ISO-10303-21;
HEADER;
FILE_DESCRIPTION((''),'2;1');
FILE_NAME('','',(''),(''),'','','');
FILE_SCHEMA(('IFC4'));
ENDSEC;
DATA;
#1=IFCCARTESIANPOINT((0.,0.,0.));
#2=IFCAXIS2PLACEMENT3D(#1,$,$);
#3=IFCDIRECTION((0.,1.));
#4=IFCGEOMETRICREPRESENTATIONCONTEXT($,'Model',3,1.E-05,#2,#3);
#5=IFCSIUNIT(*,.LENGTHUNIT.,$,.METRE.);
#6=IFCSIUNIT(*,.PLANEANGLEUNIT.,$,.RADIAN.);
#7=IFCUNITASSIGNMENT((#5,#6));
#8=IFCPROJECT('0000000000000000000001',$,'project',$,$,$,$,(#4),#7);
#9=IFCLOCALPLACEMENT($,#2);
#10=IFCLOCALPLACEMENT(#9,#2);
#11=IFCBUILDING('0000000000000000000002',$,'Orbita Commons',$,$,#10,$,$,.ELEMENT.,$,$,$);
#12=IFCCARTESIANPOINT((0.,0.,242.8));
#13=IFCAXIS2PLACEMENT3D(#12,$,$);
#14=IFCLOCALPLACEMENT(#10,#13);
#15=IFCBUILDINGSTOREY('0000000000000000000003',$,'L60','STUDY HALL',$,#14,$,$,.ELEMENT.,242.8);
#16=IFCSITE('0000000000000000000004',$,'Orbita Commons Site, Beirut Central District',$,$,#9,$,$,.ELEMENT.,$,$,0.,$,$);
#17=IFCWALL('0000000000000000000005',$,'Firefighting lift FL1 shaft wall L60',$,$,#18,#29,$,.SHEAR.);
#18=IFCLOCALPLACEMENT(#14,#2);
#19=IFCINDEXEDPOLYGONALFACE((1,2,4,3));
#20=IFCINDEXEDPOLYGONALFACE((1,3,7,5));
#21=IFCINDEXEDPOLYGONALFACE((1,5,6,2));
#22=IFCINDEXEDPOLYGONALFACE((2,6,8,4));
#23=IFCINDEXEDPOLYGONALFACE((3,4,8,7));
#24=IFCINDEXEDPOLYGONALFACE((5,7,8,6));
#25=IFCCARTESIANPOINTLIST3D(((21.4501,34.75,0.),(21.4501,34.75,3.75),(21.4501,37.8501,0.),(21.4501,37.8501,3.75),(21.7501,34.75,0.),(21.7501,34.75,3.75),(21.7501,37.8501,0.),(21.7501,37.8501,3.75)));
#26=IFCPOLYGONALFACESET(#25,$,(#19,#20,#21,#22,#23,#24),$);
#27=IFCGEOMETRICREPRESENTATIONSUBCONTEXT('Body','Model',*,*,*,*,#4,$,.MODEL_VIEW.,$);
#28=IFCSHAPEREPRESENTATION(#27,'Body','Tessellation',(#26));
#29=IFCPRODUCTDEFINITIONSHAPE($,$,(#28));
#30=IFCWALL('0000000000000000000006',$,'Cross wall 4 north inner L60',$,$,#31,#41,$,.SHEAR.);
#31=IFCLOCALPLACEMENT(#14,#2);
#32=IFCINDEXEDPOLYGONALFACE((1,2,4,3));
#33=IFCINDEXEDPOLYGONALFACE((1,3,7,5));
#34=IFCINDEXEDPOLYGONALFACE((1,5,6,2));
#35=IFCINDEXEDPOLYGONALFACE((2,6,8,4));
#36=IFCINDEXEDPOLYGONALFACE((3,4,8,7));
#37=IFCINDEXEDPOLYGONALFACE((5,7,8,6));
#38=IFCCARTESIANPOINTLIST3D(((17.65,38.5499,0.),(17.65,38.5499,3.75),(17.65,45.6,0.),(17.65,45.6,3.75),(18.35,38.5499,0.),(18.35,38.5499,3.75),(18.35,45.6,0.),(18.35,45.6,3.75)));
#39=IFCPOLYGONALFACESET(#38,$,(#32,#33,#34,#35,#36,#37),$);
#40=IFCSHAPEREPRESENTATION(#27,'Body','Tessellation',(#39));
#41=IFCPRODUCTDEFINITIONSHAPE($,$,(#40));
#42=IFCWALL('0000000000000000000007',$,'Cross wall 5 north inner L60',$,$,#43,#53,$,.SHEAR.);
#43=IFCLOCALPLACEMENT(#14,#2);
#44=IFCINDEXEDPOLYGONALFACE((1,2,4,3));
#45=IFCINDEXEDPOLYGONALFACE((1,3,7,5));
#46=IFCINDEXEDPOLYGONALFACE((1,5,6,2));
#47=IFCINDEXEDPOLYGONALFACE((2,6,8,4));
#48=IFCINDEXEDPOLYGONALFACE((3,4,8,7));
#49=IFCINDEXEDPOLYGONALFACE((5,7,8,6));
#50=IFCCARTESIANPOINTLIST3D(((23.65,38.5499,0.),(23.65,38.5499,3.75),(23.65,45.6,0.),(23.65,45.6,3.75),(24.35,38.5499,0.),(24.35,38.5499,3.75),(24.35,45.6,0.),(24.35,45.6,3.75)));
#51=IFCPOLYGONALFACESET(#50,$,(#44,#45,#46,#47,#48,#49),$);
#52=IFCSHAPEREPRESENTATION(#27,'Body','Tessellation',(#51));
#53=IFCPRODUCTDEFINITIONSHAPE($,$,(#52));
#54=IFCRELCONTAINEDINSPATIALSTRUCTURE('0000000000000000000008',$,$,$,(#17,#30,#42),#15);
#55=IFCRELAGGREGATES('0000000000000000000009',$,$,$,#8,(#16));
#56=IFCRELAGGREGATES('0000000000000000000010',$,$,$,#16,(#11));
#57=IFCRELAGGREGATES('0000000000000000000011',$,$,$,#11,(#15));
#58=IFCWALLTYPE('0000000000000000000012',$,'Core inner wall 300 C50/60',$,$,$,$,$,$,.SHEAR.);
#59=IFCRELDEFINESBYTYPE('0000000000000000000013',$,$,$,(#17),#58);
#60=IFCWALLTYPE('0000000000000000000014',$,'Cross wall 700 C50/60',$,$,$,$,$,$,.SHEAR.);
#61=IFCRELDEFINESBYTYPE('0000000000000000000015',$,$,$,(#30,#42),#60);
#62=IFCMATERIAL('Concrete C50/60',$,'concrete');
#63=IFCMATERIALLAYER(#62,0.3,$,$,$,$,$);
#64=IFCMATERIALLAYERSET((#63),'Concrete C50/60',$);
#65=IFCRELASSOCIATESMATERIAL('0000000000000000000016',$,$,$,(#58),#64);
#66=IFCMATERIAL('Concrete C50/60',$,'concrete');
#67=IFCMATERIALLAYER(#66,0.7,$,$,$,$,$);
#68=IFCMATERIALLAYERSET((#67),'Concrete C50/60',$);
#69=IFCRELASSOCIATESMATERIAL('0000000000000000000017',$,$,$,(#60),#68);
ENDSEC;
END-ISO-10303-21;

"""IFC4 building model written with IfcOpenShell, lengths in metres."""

from ifc_helpers import new_model, si_unit, direction, frame, frame_2d, origin, place, context, subcontext, project, spatial, rectangle, extrude, material, layer, layer_set, type_object, element, save


model = new_model("IFC4")

# Units and contexts
model_context = context("Model", 3, precision=1e-05, world=origin(), true_north=direction((0.0, 1.0)))
body_context = subcontext(model_context, "Body", "Model", "MODEL_VIEW")
ifc_project = project(units=[si_unit("LENGTHUNIT", "METRE"), si_unit("PLANEANGLEUNIT", "RADIAN")], contexts=[model_context])

# Site, building, storey
site_placement = place(None, origin())
site = spatial("IfcSite", under=ifc_project, at=site_placement, Name="Orbita Commons Site, Beirut Central District", CompositionType="ELEMENT", RefElevation=0.0)
building_placement = place(site_placement, origin())
building = spatial("IfcBuilding", under=site, at=building_placement, Name="Orbita Commons", CompositionType="ELEMENT")
storey_placement = place(building_placement, frame((0.0, 0.0, 242.8)))
storey = spatial("IfcBuildingStorey", under=building, at=storey_placement, Name="L60", Description="STUDY HALL", CompositionType="ELEMENT", Elevation=242.8)

# Shared definitions
ifc_material_1 = material(Name="Concrete C50/60", Category="concrete")
ifc_layer_1 = layer(ifc_material_1, 0.3)
ifc_layer_set_1 = layer_set([ifc_layer_1], Name="Concrete C50/60")
wall_type_1 = type_object("IfcWallType", Name="Core inner wall 300 C50/60", PredefinedType="SHEAR", material=ifc_layer_set_1)

# Walls
wall_1_placement = place(storey_placement, frame((21.6001, 34.75, 0.0), z_axis=(0.0, 0.0, 1.0), x_axis=(0.0, 1.0, 0.0)))
element("IfcWall", 1, at=wall_1_placement, inside=storey, type_object=wall_type_1, Name="Firefighting lift FL1 shaft wall L60", PredefinedType="SHEAR", context=body_context, shape_type="SweptSolid", body=[
    extrude(rectangle(XDim=3.1001, YDim=0.3, at=frame_2d((1.55, 0.0))), origin(), (0.0, 0.0, 1.0), 3.75),
])
ifc_material_2 = material(Name="Concrete C50/60", Category="concrete")
ifc_layer_2 = layer(ifc_material_2, 0.7)
ifc_layer_set_2 = layer_set([ifc_layer_2], Name="Concrete C50/60")
wall_type_2 = type_object("IfcWallType", Name="Cross wall 700 C50/60", PredefinedType="SHEAR", material=ifc_layer_set_2)
for number, where, z_axis, x_axis, name in (
    (2, (18.0, 38.55, 0.0), (0.0, 0.0, 1.0), (0.0, 1.0, 0.0), "Cross wall 4 north inner L60"),
    (3, (24.0, 38.55, 0.0), (0.0, 0.0, 1.0), (0.0, 1.0, 0.0), "Cross wall 5 north inner L60"),
):
    element("IfcWall", number, at=place(storey_placement, frame(where, z_axis=z_axis, x_axis=x_axis)), inside=storey, type_object=wall_type_2, Name=name, PredefinedType="SHEAR", context=body_context, shape_type="SweptSolid", body=[
        extrude(rectangle(XDim=7.05, YDim=0.7, at=frame_2d((3.5249, 0.0))), origin(), (0.0, 0.0, 1.0), 3.75),
    ])

save(model, "model.ifc")
